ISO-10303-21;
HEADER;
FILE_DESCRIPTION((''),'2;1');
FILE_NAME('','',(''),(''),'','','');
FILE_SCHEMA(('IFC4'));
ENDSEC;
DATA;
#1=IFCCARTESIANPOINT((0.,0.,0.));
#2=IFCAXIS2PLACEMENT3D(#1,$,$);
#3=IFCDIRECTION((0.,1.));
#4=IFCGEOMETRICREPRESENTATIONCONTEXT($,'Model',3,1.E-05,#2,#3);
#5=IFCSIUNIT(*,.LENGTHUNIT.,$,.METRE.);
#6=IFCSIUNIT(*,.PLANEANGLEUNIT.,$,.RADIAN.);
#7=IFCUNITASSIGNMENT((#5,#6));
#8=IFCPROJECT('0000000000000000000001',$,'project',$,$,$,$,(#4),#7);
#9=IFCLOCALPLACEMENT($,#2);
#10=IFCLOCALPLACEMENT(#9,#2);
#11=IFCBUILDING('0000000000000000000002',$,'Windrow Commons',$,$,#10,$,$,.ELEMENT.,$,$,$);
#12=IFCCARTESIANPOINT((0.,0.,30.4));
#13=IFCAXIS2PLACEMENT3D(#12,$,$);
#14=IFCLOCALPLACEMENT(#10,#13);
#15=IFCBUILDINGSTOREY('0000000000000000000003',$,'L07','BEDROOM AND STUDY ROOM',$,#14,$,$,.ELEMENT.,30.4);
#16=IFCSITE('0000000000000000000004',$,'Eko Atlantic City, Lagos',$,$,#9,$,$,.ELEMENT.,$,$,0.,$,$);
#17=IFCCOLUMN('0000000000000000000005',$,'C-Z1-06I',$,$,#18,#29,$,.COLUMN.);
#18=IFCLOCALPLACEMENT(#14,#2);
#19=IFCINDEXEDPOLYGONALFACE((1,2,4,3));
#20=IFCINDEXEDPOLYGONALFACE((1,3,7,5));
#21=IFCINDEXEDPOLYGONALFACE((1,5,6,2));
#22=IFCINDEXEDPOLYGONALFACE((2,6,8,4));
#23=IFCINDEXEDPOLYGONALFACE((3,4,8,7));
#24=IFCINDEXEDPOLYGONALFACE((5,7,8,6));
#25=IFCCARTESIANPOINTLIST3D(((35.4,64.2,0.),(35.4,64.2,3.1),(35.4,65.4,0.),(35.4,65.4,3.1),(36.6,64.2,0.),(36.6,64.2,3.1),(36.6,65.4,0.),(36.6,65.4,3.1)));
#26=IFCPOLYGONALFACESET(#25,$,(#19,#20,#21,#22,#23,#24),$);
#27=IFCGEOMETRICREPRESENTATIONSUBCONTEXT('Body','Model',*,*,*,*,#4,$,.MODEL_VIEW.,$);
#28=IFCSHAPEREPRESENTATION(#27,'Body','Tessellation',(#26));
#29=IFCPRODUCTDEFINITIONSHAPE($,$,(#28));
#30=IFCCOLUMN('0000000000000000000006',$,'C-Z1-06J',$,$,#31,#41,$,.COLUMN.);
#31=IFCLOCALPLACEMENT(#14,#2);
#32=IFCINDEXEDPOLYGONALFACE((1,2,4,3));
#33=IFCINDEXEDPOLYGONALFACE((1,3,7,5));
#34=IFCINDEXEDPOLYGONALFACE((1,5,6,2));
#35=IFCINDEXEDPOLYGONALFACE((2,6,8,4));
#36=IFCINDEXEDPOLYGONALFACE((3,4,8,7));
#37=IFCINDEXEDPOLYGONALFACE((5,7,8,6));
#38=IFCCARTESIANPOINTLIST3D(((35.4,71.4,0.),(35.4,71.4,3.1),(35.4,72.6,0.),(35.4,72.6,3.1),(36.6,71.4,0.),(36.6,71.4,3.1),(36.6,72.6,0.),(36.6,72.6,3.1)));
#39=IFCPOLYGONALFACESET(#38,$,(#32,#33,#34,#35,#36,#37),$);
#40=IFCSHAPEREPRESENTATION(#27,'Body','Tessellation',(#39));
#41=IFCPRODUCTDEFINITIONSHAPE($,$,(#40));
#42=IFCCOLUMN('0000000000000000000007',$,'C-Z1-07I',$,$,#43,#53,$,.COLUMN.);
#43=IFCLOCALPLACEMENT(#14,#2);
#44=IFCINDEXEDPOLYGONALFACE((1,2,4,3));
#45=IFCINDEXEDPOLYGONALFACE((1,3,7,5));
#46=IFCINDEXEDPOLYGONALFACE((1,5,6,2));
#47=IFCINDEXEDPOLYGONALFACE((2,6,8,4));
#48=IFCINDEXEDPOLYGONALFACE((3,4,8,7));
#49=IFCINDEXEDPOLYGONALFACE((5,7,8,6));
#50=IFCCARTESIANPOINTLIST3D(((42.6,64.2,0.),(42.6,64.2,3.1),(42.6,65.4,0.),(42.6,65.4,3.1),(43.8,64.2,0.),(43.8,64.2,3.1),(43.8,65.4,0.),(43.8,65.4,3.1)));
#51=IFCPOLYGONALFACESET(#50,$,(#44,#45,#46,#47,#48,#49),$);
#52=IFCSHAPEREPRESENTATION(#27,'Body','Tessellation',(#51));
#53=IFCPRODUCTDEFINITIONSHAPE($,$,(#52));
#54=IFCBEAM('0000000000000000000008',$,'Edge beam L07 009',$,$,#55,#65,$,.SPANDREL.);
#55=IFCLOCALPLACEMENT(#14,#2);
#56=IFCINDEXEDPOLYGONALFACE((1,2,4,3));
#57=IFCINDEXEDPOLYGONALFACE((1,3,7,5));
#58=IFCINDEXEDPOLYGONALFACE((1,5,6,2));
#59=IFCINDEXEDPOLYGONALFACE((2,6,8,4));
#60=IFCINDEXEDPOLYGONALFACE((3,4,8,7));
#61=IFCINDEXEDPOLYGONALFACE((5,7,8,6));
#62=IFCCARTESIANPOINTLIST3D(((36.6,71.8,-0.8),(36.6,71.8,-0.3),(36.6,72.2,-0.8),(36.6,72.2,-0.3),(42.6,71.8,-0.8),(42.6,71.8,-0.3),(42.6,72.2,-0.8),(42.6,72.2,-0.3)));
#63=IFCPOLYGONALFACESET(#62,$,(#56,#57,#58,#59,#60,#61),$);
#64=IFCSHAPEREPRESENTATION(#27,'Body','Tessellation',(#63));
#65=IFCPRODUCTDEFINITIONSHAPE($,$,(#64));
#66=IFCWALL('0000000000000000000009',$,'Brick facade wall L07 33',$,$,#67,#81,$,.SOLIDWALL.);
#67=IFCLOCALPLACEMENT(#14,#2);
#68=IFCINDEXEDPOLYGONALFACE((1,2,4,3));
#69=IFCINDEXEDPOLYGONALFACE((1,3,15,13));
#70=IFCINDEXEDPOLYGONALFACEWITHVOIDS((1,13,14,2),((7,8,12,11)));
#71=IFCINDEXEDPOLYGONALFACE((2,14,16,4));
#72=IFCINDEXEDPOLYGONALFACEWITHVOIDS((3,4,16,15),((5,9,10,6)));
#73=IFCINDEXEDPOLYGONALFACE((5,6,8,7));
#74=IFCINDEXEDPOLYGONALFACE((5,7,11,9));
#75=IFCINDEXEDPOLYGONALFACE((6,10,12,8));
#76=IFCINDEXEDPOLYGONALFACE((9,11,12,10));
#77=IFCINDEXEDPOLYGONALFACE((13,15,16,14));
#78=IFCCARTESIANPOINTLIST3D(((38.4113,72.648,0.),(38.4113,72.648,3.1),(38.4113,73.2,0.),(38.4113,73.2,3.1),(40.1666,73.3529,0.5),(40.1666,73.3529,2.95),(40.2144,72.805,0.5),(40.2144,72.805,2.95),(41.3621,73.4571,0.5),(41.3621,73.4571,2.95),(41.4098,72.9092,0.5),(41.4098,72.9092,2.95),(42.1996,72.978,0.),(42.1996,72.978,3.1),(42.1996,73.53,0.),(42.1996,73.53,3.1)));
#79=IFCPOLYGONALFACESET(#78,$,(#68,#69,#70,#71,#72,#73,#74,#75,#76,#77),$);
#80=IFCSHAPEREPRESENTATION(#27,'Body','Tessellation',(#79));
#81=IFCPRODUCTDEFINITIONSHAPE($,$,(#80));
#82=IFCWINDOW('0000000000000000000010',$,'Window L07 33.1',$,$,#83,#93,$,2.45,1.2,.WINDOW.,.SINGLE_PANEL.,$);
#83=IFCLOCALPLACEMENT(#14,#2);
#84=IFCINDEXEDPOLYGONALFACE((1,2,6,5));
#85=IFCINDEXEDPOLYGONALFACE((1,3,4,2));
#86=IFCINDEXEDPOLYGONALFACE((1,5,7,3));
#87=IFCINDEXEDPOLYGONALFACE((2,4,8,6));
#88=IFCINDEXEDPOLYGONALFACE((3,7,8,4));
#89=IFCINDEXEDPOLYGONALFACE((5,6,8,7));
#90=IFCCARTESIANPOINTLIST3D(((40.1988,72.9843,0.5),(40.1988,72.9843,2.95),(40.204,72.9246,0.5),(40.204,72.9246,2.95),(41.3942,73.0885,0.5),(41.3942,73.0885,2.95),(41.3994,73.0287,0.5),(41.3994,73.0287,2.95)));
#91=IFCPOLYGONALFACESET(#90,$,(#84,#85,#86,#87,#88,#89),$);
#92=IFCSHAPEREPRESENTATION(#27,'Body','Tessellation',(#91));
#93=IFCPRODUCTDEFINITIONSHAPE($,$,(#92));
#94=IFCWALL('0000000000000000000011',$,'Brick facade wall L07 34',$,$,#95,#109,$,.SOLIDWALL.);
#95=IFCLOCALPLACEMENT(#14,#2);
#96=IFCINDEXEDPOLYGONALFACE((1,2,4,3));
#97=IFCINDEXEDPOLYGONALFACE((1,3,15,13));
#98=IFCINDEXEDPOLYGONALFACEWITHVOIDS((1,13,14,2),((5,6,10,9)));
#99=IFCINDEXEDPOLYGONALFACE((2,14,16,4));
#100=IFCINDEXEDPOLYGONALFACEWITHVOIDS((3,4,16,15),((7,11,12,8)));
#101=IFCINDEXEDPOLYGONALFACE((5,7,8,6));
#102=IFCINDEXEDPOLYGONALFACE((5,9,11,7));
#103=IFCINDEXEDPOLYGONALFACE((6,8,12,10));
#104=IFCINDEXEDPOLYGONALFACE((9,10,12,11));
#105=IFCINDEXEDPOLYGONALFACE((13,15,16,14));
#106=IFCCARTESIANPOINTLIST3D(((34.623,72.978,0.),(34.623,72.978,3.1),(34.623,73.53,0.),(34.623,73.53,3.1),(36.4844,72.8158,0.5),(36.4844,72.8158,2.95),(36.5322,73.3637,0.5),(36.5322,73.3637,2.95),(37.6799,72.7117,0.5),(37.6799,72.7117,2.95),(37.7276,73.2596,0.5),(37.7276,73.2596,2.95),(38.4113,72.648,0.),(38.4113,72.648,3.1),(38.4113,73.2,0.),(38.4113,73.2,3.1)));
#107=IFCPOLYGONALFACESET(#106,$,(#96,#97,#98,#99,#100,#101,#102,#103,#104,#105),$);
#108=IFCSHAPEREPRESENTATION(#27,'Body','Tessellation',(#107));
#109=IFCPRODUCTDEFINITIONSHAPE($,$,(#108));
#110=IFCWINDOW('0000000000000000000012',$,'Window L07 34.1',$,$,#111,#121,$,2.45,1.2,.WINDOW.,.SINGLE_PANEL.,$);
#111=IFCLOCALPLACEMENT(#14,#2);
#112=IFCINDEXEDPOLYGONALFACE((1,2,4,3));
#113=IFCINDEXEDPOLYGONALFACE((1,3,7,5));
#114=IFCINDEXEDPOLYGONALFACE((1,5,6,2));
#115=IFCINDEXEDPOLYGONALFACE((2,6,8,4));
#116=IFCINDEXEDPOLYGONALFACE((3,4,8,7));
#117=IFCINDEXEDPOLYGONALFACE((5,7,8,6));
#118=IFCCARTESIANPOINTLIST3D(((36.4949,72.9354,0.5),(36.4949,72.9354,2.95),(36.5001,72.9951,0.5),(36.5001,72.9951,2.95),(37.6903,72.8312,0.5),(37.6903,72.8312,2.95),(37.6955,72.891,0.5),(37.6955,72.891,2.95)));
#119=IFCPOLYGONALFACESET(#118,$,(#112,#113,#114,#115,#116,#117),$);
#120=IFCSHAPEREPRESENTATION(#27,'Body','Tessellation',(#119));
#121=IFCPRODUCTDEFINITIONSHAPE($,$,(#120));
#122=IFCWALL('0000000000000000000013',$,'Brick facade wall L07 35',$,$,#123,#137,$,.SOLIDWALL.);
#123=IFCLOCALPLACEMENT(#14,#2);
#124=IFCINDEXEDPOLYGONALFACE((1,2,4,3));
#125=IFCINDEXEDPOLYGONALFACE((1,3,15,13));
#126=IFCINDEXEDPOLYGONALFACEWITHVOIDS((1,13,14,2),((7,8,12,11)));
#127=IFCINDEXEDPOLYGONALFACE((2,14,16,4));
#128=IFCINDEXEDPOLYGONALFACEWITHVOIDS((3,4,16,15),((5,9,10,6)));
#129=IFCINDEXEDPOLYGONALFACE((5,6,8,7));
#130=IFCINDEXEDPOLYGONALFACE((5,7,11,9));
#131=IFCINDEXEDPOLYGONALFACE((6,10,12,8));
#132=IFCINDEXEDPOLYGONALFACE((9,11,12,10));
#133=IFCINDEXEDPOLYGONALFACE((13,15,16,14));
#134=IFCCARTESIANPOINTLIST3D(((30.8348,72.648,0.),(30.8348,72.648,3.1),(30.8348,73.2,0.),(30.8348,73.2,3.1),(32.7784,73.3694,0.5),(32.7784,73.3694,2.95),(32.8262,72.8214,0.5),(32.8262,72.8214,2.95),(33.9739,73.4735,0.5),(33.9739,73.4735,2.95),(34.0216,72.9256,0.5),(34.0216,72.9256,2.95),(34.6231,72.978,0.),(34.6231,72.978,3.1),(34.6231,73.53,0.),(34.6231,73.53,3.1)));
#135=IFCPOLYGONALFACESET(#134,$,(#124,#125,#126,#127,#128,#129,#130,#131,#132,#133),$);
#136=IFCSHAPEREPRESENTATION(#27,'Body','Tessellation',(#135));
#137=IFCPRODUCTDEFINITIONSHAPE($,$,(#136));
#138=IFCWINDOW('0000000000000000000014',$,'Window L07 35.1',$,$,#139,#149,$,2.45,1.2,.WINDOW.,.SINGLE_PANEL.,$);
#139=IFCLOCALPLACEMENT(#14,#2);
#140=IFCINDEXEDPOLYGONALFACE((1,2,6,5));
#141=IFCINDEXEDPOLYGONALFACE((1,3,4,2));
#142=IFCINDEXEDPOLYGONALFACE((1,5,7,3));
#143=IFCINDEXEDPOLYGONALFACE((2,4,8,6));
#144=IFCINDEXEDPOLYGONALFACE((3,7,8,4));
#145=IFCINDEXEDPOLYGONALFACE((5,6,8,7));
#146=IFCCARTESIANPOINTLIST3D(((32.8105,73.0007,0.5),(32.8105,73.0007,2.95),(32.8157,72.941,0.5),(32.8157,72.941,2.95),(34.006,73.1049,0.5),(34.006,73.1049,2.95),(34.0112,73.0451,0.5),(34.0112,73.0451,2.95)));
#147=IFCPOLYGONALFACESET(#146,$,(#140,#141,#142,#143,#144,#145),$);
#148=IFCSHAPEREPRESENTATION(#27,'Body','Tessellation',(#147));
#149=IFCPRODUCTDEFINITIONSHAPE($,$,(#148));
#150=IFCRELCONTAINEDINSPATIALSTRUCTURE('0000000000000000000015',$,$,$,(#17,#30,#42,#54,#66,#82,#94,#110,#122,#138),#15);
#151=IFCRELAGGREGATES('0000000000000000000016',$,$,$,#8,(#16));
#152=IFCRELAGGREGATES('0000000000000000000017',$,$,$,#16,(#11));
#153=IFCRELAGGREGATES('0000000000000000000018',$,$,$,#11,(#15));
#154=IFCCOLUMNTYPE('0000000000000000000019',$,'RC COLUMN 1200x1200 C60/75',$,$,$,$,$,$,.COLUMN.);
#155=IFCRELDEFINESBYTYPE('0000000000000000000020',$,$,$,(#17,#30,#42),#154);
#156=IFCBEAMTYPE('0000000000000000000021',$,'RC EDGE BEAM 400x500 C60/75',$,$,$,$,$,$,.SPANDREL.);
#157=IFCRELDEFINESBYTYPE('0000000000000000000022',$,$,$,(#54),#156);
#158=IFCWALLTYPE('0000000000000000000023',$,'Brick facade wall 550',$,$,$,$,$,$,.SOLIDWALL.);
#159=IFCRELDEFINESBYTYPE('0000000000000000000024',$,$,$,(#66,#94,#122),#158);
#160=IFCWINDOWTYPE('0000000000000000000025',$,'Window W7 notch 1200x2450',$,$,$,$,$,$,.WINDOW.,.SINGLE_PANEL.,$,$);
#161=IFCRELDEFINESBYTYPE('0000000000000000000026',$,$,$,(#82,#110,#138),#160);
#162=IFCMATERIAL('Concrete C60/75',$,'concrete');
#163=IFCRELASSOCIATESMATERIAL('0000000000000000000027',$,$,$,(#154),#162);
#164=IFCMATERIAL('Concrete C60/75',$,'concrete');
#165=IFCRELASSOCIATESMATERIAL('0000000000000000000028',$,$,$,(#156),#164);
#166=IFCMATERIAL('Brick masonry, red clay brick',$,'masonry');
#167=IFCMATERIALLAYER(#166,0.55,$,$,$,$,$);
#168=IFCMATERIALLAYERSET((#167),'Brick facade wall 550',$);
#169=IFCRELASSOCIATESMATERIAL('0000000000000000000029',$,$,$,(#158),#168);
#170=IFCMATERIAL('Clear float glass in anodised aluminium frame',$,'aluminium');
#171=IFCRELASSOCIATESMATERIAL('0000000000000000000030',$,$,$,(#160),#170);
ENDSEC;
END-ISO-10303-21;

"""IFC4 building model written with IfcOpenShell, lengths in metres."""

from ifc_helpers import new_model, si_unit, direction, frame, frame_2d, origin, origin_2d, place, context, subcontext, project, spatial, polyline, rectangle, outline, extrude, material, layer, layer_set, material_profile, profile_set, type_object, element, fill, save


model = new_model("IFC4")

# Units and contexts
model_context = context("Model", 3, precision=1e-05, world=origin(), true_north=direction((0.0, 1.0)))
body_context = subcontext(model_context, "Body", "Model", "MODEL_VIEW")
ifc_project = project(units=[si_unit("LENGTHUNIT", "METRE"), si_unit("PLANEANGLEUNIT", "RADIAN")], contexts=[model_context])

# Site, building, storey
site_placement = place(None, origin())
site = spatial("IfcSite", under=ifc_project, at=site_placement, Name="Eko Atlantic City, Lagos", CompositionType="ELEMENT", RefElevation=0.0)
building_placement = place(site_placement, origin())
building = spatial("IfcBuilding", under=site, at=building_placement, Name="Windrow Commons", CompositionType="ELEMENT")
storey_placement = place(building_placement, frame((0.0, 0.0, 30.4)))
storey = spatial("IfcBuildingStorey", under=building, at=storey_placement, Name="L07", Description="BEDROOM AND STUDY ROOM", CompositionType="ELEMENT", Elevation=30.4)

# Columns
ifc_material_1 = material(Name="Concrete C60/75", Category="concrete")
ifc_material_profile_1 = material_profile(ifc_material_1, rectangle(XDim=1.2, YDim=1.2, at=origin_2d()))
ifc_profile_set_1 = profile_set([ifc_material_profile_1], Name="Concrete C60/75")
column_type = type_object("IfcColumnType", Name="RC COLUMN 1200x1200 C60/75", PredefinedType="COLUMN", material=ifc_profile_set_1)
for number, where, z_axis, x_axis, name in (
    (1, (36.0, 64.8, 0.0), (0.0, 0.0, 1.0), (1.0, 0.0, 0.0), "C-Z1-06I"),
    (2, (36.0, 72.0, 0.0), (0.0, 0.0, 1.0), (1.0, 0.0, 0.0), "C-Z1-06J"),
    (3, (43.2, 64.8, 0.0), (0.0, 0.0, 1.0), (1.0, 0.0, 0.0), "C-Z1-07I"),
):
    element("IfcColumn", number, at=place(storey_placement, frame(where, z_axis=z_axis, x_axis=x_axis)), inside=storey, type_object=column_type, Name=name, PredefinedType="COLUMN", context=body_context, shape_type="SweptSolid", body=[
        extrude(rectangle(XDim=1.2, YDim=1.2, at=origin_2d()), origin(), (0.0, 0.0, 1.0), 3.1),
    ])

# Beam
ifc_material_2 = material(Name="Concrete C60/75", Category="concrete")
ifc_material_profile_2 = material_profile(ifc_material_2, rectangle(XDim=0.4, YDim=0.5, at=origin_2d()))
ifc_profile_set_2 = profile_set([ifc_material_profile_2], Name="Concrete C60/75")
beam_type = type_object("IfcBeamType", Name="RC EDGE BEAM 400x500 C60/75", PredefinedType="SPANDREL", material=ifc_profile_set_2)
beam_placement = place(storey_placement, frame((36.6, 72.0, -0.55), z_axis=(1.0, 0.0, 0.0), x_axis=(0.0, 1.0, 0.0)))
element("IfcBeam", 4, at=beam_placement, inside=storey, type_object=beam_type, Name="Edge beam L07 009", PredefinedType="SPANDREL", context=body_context, shape_type="SweptSolid", body=[
    extrude(rectangle(XDim=0.4, YDim=0.5, at=origin_2d()), origin(), (0.0, 0.0, 1.0), 6.0),
])

# Walls, openings, windows
ifc_material_3 = material(Name="Brick masonry, red clay brick", Category="masonry")
ifc_layer_1 = layer(ifc_material_3, 0.55)
ifc_layer_set_1 = layer_set([ifc_layer_1], Name="Brick facade wall 550")
wall_type_1 = type_object("IfcWallType", Name="Brick facade wall 550", PredefinedType="SOLIDWALL", material=ifc_layer_set_1)
wall_1_placement = place(storey_placement, frame((42.1996, 73.254, 0.0), z_axis=(0.0, 0.0, 1.0), x_axis=(-0.996227, -0.086782, 0.0)))
wall_1 = element("IfcWall", 5, at=wall_1_placement, inside=storey, type_object=wall_type_1, Name="Brick facade wall L07 33", PredefinedType="SOLIDWALL", context=body_context, shape_type="SweptSolid", body=[
    extrude(outline(polyline([(-0.024, -0.275), (3.7787, -0.275), (3.8266, 0.275), (0.024, 0.275), (-0.024, -0.275)])), origin(), (0.0, 0.0, 1.0), 3.1),
])
opening_1_placement = place(wall_1_placement, frame((0.8167, 0.0, 0.5)))
opening_1 = element("IfcOpeningElement", 6, at=opening_1_placement, cuts=wall_1, PredefinedType="OPENING", context=body_context, shape_type="SweptSolid", body=[
    extrude(rectangle(XDim=1.2, YDim=2.45, at=frame_2d((0.6, 1.225))), frame((0.0, 0.285, 0.0), z_axis=(0.0, -1.0, 0.0), x_axis=(1.0, 0.0, 0.0)), (0.0, 0.0, 1.0), 0.57),
])
ifc_material_4 = material(Name="Clear float glass in anodised aluminium frame", Category="aluminium")
window_type = type_object("IfcWindowType", Name="Window W7 notch 1200x2450", PartitioningType="SINGLE_PANEL", PredefinedType="WINDOW", material=ifc_material_4)
window_1_placement = place(opening_1_placement, origin())
window_1 = element("IfcWindow", 7, at=window_1_placement, inside=storey, type_object=window_type, Name="Window L07 33.1", OverallHeight=2.45, OverallWidth=1.2, PartitioningType="SINGLE_PANEL", PredefinedType="WINDOW", context=body_context, shape_type="SweptSolid", body=[
    extrude(rectangle(XDim=1.2, YDim=2.45, at=frame_2d((0.6, 1.225))), frame((0.0, 0.155, 0.0), z_axis=(0.0, -1.0, 0.0), x_axis=(1.0, 0.0, 0.0)), (0.0, 0.0, 1.0), 0.06),
])
fill(opening_1, window_1)
wall_2_placement = place(storey_placement, frame((38.4113, 72.924, 0.0), z_axis=(0.0, 0.0, 1.0), x_axis=(-0.996227, 0.086784, 0.0)))
wall_2 = element("IfcWall", 8, at=wall_2_placement, inside=storey, type_object=wall_type_1, Name="Brick facade wall L07 34", PredefinedType="SOLIDWALL", context=body_context, shape_type="SweptSolid", body=[
    extrude(outline(polyline([(0.024, -0.275), (3.8266, -0.275), (3.7787, 0.275), (-0.024, 0.275), (0.024, -0.275)])), origin(), (0.0, 0.0, 1.0), 3.1),
])
opening_2_placement = place(wall_2_placement, frame((0.7102, 0.0, 0.5)))
opening_2 = element("IfcOpeningElement", 9, at=opening_2_placement, cuts=wall_2, PredefinedType="OPENING", context=body_context, shape_type="SweptSolid", body=[
    extrude(rectangle(XDim=1.2, YDim=2.45, at=frame_2d((0.6, 1.225))), frame((0.0, 0.285, 0.0), z_axis=(0.0, -1.0, 0.0), x_axis=(1.0, 0.0, 0.0)), (0.0, 0.0, 1.0), 0.57),
])
window_2_placement = place(opening_2_placement, origin())
window_2 = element("IfcWindow", 10, at=window_2_placement, inside=storey, type_object=window_type, Name="Window L07 34.1", OverallHeight=2.45, OverallWidth=1.2, PartitioningType="SINGLE_PANEL", PredefinedType="WINDOW", context=body_context, shape_type="SweptSolid", body=[
    extrude(rectangle(XDim=1.2, YDim=2.45, at=frame_2d((0.6, 1.225))), frame((0.0, 0.155, 0.0), z_axis=(0.0, -1.0, 0.0), x_axis=(1.0, 0.0, 0.0)), (0.0, 0.0, 1.0), 0.06),
])
fill(opening_2, window_2)
wall_3_placement = place(storey_placement, frame((34.6231, 73.254, 0.0), z_axis=(0.0, 0.0, 1.0), x_axis=(-0.996227, -0.086782, 0.0)))
wall_3 = element("IfcWall", 11, at=wall_3_placement, inside=storey, type_object=wall_type_1, Name="Brick facade wall L07 35", PredefinedType="SOLIDWALL", context=body_context, shape_type="SweptSolid", body=[
    extrude(outline(polyline([(-0.024, -0.275), (3.7787, -0.275), (3.8266, 0.275), (0.024, 0.275), (-0.024, -0.275)])), origin(), (0.0, 0.0, 1.0), 3.1),
])
opening_3_placement = place(wall_3_placement, frame((0.6277, 0.0, 0.5)))
opening_3 = element("IfcOpeningElement", 12, at=opening_3_placement, cuts=wall_3, PredefinedType="OPENING", context=body_context, shape_type="SweptSolid", body=[
    extrude(rectangle(XDim=1.2, YDim=2.45, at=frame_2d((0.6, 1.225))), frame((0.0, 0.285, 0.0), z_axis=(0.0, -1.0, 0.0), x_axis=(1.0, 0.0, 0.0)), (0.0, 0.0, 1.0), 0.57),
])
window_3_placement = place(opening_3_placement, origin())
window_3 = element("IfcWindow", 13, at=window_3_placement, inside=storey, type_object=window_type, Name="Window L07 35.1", OverallHeight=2.45, OverallWidth=1.2, PartitioningType="SINGLE_PANEL", PredefinedType="WINDOW", context=body_context, shape_type="SweptSolid", body=[
    extrude(rectangle(XDim=1.2, YDim=2.45, at=frame_2d((0.6, 1.225))), frame((0.0, 0.155, 0.0), z_axis=(0.0, -1.0, 0.0), x_axis=(1.0, 0.0, 0.0)), (0.0, 0.0, 1.0), 0.06),
])
fill(opening_3, window_3)

save(model, "model.ifc")
